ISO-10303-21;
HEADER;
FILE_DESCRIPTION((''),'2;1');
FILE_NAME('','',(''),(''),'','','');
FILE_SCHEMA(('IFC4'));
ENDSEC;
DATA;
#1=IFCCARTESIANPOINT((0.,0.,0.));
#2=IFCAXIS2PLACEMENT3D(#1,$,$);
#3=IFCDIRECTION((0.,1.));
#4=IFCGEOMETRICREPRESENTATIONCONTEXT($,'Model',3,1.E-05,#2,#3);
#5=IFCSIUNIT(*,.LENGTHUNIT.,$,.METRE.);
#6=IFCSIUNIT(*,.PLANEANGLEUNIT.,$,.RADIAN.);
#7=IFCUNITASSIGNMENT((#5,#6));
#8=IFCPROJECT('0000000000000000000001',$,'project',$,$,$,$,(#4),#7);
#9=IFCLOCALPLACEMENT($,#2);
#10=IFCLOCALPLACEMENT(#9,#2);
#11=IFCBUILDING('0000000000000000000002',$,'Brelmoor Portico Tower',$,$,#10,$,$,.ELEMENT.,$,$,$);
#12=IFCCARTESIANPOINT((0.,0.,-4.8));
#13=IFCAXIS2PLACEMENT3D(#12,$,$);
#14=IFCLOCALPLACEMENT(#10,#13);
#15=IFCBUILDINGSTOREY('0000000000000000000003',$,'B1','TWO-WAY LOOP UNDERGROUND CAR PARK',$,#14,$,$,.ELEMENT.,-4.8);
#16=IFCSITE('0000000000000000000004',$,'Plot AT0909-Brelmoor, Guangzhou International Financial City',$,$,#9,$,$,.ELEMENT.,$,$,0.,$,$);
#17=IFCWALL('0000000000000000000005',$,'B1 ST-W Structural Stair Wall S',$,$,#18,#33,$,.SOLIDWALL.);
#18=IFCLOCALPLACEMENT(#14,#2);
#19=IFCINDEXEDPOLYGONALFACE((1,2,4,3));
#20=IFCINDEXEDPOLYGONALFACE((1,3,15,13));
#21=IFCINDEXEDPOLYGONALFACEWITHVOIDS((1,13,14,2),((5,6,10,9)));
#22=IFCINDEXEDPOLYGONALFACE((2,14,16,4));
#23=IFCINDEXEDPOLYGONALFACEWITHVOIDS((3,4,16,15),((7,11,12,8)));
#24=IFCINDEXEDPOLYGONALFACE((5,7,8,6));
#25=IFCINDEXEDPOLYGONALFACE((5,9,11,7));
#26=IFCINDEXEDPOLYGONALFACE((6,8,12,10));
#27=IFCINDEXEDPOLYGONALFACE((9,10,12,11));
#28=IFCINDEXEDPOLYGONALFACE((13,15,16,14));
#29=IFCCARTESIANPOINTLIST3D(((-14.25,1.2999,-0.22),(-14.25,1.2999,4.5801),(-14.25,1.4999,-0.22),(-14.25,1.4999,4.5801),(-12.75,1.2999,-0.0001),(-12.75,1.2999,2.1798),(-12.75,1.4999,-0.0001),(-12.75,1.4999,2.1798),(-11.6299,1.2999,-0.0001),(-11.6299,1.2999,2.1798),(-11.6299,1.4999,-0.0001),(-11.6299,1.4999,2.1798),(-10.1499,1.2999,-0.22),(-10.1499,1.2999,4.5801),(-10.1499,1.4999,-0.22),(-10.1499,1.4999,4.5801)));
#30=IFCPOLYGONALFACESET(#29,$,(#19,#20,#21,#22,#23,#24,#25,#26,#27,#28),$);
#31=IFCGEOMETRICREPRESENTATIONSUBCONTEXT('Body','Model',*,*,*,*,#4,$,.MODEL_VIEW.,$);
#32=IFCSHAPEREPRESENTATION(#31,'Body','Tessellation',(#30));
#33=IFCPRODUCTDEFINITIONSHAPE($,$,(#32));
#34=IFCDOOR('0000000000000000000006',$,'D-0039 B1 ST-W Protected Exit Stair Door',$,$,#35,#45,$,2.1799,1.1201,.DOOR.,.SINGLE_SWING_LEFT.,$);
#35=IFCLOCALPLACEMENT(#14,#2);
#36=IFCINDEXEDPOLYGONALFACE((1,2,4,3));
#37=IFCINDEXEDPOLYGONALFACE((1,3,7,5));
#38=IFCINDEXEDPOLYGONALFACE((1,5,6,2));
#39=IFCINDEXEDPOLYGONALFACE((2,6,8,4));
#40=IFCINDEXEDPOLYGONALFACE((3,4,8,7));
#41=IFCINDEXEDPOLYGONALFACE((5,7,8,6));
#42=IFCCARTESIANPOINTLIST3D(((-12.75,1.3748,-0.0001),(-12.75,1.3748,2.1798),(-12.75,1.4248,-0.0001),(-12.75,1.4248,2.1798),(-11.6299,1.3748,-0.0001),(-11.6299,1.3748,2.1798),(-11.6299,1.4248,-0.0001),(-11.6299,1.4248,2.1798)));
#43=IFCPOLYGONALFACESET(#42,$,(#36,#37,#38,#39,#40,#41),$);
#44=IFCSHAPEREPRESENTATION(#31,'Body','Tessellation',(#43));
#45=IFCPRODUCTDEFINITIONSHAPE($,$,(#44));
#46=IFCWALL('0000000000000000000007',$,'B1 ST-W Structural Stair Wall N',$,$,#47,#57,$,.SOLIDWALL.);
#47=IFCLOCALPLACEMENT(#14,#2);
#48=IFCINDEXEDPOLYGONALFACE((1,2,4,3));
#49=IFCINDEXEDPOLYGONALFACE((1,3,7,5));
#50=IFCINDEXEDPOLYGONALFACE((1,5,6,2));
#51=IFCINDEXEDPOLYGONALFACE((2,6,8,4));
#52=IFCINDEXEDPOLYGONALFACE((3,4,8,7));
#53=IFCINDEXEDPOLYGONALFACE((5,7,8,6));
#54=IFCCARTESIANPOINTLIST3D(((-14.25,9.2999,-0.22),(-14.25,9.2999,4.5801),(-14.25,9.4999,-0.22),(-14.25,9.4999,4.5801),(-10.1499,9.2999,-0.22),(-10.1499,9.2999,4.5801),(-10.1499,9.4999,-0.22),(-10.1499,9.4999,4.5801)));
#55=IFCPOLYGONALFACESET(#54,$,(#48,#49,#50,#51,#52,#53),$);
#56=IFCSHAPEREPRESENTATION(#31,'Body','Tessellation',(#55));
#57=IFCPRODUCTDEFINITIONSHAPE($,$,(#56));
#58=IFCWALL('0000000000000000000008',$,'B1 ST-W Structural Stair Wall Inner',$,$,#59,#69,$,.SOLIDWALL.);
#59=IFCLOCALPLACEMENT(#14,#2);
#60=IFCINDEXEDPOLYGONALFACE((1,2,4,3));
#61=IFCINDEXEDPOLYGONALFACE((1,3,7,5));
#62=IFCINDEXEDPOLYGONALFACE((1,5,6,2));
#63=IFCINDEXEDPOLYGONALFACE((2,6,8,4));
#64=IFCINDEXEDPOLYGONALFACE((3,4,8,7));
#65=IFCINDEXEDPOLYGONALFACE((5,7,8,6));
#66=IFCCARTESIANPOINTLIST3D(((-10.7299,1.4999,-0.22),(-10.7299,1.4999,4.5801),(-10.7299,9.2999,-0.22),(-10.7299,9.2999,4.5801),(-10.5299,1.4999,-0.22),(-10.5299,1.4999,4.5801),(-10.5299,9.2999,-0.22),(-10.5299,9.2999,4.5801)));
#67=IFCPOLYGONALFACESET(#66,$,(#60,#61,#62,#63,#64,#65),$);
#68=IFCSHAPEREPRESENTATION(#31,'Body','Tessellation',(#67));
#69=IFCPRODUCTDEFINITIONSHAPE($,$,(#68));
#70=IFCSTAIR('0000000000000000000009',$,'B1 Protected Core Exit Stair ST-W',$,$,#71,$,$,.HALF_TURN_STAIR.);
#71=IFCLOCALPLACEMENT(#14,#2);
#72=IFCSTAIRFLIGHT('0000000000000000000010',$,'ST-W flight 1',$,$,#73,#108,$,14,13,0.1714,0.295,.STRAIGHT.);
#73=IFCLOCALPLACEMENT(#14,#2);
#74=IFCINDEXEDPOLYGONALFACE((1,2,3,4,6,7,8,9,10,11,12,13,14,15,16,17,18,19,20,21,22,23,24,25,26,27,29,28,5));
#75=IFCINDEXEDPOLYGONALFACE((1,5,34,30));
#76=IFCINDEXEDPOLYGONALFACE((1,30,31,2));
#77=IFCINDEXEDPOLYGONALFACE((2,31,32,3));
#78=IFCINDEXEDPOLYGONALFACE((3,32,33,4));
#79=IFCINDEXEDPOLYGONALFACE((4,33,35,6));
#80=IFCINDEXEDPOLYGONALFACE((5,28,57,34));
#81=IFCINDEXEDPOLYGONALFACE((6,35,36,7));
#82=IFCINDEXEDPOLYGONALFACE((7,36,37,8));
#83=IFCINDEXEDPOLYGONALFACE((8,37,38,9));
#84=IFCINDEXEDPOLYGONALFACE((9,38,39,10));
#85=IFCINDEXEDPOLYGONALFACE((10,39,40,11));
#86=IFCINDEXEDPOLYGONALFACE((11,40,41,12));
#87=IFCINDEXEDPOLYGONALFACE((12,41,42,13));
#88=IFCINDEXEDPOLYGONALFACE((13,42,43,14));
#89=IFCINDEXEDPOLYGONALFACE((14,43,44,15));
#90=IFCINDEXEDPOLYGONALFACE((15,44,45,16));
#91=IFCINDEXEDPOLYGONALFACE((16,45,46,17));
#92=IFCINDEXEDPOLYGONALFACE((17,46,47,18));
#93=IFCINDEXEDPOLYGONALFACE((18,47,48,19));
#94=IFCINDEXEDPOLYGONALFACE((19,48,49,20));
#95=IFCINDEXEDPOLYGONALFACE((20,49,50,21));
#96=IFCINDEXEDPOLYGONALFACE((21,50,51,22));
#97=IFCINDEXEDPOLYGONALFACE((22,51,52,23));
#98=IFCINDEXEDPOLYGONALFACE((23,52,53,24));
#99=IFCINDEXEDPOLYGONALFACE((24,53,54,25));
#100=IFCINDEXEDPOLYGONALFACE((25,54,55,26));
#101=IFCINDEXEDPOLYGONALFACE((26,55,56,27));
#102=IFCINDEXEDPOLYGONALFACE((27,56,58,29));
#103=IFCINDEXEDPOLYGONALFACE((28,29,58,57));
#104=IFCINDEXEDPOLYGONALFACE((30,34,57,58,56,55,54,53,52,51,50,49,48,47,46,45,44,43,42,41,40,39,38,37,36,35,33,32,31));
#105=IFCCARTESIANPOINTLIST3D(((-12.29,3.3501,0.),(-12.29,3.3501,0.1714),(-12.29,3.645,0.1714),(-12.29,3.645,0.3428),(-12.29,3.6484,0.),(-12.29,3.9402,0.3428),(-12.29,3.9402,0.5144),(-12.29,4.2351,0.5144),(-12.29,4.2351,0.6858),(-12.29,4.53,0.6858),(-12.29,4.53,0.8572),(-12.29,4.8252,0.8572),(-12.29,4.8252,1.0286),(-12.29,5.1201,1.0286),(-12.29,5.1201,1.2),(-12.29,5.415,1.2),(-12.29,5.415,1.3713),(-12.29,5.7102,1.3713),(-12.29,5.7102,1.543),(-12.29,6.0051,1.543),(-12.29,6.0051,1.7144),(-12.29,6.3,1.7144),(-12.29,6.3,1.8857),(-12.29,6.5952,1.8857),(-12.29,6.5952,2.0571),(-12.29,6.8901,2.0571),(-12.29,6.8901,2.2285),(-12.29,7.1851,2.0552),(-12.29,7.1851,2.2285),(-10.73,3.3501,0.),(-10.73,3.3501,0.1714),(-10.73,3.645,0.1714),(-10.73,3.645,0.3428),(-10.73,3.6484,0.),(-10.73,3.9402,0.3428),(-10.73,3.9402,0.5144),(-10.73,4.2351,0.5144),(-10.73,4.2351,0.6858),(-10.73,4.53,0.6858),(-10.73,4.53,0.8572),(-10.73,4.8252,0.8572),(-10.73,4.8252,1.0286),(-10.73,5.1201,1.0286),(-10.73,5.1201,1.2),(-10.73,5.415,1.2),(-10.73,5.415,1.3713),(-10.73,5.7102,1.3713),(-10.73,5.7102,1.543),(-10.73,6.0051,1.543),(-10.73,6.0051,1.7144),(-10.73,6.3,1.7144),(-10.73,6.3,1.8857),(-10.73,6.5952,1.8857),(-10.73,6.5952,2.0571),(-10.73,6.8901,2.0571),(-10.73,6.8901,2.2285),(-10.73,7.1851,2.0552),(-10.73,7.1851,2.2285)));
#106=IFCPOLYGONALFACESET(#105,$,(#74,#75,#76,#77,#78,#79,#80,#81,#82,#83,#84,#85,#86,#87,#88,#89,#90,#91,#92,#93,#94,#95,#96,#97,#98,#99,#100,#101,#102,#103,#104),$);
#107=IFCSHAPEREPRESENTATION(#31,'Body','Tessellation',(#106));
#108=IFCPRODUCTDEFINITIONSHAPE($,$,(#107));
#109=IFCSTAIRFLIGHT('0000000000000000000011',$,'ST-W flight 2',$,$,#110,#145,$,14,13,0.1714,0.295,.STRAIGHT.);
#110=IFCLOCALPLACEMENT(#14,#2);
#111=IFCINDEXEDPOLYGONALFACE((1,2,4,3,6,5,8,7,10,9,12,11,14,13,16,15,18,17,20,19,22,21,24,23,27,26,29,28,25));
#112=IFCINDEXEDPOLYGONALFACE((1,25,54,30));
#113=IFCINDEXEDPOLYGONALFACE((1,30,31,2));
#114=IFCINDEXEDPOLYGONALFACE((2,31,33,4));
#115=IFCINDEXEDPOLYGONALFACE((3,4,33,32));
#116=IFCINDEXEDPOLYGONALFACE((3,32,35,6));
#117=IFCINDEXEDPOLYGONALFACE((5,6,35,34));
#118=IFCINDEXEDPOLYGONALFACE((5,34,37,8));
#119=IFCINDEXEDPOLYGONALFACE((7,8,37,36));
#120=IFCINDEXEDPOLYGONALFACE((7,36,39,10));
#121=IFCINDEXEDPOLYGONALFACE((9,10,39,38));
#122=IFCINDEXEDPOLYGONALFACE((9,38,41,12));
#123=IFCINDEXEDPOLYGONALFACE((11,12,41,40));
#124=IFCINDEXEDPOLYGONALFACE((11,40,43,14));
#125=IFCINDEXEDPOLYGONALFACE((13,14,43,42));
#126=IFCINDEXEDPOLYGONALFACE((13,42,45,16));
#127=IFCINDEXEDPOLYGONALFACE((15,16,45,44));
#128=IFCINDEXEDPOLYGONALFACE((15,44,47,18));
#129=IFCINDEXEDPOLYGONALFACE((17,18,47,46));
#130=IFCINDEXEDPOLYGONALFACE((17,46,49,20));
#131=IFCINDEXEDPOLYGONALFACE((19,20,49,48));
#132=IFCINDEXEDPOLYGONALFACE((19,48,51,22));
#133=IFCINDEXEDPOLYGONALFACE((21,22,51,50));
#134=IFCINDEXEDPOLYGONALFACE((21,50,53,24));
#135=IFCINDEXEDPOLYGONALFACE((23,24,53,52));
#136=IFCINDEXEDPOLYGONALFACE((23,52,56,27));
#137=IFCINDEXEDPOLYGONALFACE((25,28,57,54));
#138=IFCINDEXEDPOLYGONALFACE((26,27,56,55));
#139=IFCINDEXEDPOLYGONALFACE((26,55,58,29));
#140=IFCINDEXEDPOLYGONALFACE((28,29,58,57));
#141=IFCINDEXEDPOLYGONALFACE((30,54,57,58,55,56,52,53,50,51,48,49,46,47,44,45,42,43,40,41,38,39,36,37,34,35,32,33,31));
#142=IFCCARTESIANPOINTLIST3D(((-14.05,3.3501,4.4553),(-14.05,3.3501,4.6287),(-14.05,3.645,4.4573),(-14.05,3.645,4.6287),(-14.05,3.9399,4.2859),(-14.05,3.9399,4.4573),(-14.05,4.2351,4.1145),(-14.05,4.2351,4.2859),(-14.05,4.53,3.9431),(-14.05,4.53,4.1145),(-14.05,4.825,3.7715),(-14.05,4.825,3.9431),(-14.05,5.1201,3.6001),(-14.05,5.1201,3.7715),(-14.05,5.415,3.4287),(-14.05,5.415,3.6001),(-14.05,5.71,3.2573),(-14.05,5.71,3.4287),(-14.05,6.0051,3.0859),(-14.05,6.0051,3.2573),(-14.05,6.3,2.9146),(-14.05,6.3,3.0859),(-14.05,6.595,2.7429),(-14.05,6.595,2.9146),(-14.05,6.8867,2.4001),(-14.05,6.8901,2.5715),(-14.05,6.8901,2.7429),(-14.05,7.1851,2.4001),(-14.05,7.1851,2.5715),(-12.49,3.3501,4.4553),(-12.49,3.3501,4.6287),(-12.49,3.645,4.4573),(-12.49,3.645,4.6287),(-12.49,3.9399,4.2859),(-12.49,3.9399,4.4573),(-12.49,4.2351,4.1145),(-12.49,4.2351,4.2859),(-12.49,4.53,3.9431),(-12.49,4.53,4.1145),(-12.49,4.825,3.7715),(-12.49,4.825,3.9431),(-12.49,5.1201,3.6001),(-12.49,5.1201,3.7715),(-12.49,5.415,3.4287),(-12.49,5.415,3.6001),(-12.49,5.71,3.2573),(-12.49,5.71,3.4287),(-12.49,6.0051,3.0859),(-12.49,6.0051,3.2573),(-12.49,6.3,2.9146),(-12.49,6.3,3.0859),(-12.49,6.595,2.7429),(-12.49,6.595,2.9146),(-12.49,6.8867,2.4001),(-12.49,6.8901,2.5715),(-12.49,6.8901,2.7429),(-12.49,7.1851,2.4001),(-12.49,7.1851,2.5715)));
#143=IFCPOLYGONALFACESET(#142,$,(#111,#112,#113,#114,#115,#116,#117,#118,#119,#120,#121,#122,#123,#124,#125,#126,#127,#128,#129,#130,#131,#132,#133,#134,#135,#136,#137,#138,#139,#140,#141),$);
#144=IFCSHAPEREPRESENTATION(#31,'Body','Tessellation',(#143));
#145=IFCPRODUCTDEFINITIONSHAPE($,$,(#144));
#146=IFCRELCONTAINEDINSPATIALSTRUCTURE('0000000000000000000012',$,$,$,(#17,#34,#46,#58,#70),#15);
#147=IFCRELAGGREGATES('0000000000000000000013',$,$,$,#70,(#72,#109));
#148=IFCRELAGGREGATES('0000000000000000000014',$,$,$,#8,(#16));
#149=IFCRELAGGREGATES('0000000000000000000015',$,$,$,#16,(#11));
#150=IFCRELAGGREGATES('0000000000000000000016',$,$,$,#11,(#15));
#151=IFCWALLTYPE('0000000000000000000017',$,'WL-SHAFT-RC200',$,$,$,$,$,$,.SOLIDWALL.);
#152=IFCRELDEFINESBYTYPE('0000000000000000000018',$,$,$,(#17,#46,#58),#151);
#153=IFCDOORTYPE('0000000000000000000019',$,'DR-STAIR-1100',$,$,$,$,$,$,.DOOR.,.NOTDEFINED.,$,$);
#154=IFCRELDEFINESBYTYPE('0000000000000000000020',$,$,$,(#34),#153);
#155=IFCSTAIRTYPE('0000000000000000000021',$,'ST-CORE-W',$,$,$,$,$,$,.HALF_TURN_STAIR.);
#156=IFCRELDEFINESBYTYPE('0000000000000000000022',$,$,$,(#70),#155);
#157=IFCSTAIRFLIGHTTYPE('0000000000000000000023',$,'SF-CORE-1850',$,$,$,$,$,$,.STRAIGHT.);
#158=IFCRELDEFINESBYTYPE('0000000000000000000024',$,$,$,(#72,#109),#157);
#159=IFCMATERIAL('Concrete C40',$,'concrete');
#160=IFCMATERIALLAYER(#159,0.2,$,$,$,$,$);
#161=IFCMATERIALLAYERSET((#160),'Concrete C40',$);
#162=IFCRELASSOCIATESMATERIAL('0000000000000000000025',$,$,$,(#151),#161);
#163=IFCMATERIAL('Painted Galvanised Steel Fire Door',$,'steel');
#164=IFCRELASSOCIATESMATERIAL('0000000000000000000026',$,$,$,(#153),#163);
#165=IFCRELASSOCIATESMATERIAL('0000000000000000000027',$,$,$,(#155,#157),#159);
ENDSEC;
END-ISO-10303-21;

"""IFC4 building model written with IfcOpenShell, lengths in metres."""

from ifc_helpers import new_model, si_unit, direction, frame, frame_2d, origin, place, context, subcontext, project, spatial, polyline, rectangle, outline, extrude, material, layer, layer_set, type_object, element, fill, aggregate, save


model = new_model("IFC4")

# Units and contexts
model_context = context("Model", 3, precision=1e-05, world=origin(), true_north=direction((0.0, 1.0)))
body_context = subcontext(model_context, "Body", "Model", "MODEL_VIEW")
ifc_project = project(units=[si_unit("LENGTHUNIT", "METRE"), si_unit("PLANEANGLEUNIT", "RADIAN")], contexts=[model_context])

# Site, building, storey
site_placement = place(None, origin())
site = spatial("IfcSite", under=ifc_project, at=site_placement, Name="Plot AT0909-Brelmoor, Guangzhou International Financial City", CompositionType="ELEMENT", RefElevation=0.0)
building_placement = place(site_placement, origin())
building = spatial("IfcBuilding", under=site, at=building_placement, Name="Brelmoor Portico Tower", CompositionType="ELEMENT")
storey_placement = place(building_placement, frame((0.0, 0.0, -4.8)))
storey = spatial("IfcBuildingStorey", under=building, at=storey_placement, Name="B1", Description="TWO-WAY LOOP UNDERGROUND CAR PARK", CompositionType="ELEMENT", Elevation=-4.8)

# Shared definitions
ifc_material_1 = material(Name="Concrete C40", Category="concrete")
ifc_layer_1 = layer(ifc_material_1, 0.2)
ifc_layer_set_1 = layer_set([ifc_layer_1], Name="Concrete C40")
wall_type_1 = type_object("IfcWallType", Name="WL-SHAFT-RC200", PredefinedType="SOLIDWALL", material=ifc_layer_set_1)

# Wall, opening, door
wall_1_placement = place(storey_placement, frame((-14.25, 1.3999, -0.22), z_axis=(0.0, 0.0, 1.0), x_axis=(1.0, 0.0, 0.0)))
wall_1 = element("IfcWall", 1, at=wall_1_placement, inside=storey, type_object=wall_type_1, Name="B1 ST-W Structural Stair Wall S", PredefinedType="SOLIDWALL", context=body_context, shape_type="SweptSolid", body=[
    extrude(rectangle(XDim=4.1001, YDim=0.2, at=frame_2d((2.05, 0.0))), origin(), (0.0, 0.0, 1.0), 4.8),
])
opening_1_placement = place(wall_1_placement, frame((1.5, 0.0, 0.22)))
opening_1 = element("IfcOpeningElement", 2, at=opening_1_placement, cuts=wall_1, PredefinedType="OPENING", context=body_context, shape_type="SweptSolid", body=[
    extrude(rectangle(XDim=1.1201, YDim=2.1799, at=frame_2d((0.5601, 1.0898))), frame((0.0, 0.1099, 0.0), z_axis=(0.0, -1.0, 0.0), x_axis=(1.0, 0.0, 0.0)), (0.0, 0.0, 1.0), 0.22),
])
ifc_material_2 = material(Name="Painted Galvanised Steel Fire Door", Category="steel")
door_type_1 = type_object("IfcDoorType", Name="DR-STAIR-1100", OperationType="NOTDEFINED", PredefinedType="DOOR", material=ifc_material_2)
door_1_placement = place(opening_1_placement, origin())
door_1 = element("IfcDoor", 3, at=door_1_placement, inside=storey, type_object=door_type_1, Name="D-0039 B1 ST-W Protected Exit Stair Door", OperationType="SINGLE_SWING_LEFT", OverallHeight=2.1799, OverallWidth=1.1201, PredefinedType="DOOR", context=body_context, shape_type="SweptSolid", body=[
    extrude(rectangle(XDim=1.1201, YDim=2.1799, at=frame_2d((0.5601, 1.0898))), frame((0.0, 0.0249, 0.0), z_axis=(0.0, -1.0, 0.0), x_axis=(1.0, 0.0, 0.0)), (0.0, 0.0, 1.0), 0.05),
])
fill(opening_1, door_1)

# Walls
wall_2_placement = place(storey_placement, frame((-14.25, 9.3999, -0.22), z_axis=(0.0, 0.0, 1.0), x_axis=(1.0, 0.0, 0.0)))
element("IfcWall", 4, at=wall_2_placement, inside=storey, type_object=wall_type_1, Name="B1 ST-W Structural Stair Wall N", PredefinedType="SOLIDWALL", context=body_context, shape_type="SweptSolid", body=[
    extrude(rectangle(XDim=4.1001, YDim=0.2, at=frame_2d((2.05, 0.0))), origin(), (0.0, 0.0, 1.0), 4.8),
])
wall_3_placement = place(storey_placement, frame((-10.6299, 1.5, -0.22), z_axis=(0.0, 0.0, 1.0), x_axis=(0.0, 1.0, 0.0)))
element("IfcWall", 5, at=wall_3_placement, inside=storey, type_object=wall_type_1, Name="B1 ST-W Structural Stair Wall Inner", PredefinedType="SOLIDWALL", context=body_context, shape_type="SweptSolid", body=[
    extrude(rectangle(XDim=7.8, YDim=0.2, at=frame_2d((3.8999, 0.0))), origin(), (0.0, 0.0, 1.0), 4.8),
])

# Stair, stair flights
stair_type = type_object("IfcStairType", Name="ST-CORE-W", PredefinedType="HALF_TURN_STAIR", material=ifc_material_1)
stair_placement = place(storey_placement, origin())
stair = element("IfcStair", 6, at=stair_placement, inside=storey, type_object=stair_type, Name="B1 Protected Core Exit Stair ST-W", PredefinedType="HALF_TURN_STAIR")
stair_flight_type = type_object("IfcStairFlightType", Name="SF-CORE-1850", PredefinedType="STRAIGHT", material=ifc_material_1)
stair_flight_1_placement = place(storey_placement, frame((-11.51, 3.3501, 0.0), z_axis=(0.0, 0.0, 1.0), x_axis=(0.0, 1.0, 0.0)))
stair_flight_1 = element("IfcStairFlight", 7, at=stair_flight_1_placement, type_object=stair_flight_type, Name="ST-W flight 1", NumberOfRisers=14, NumberOfTreads=13, PredefinedType="STRAIGHT", RiserHeight=0.1714, TreadLength=0.295, context=body_context, shape_type="SweptSolid", body=[
    extrude(outline(polyline([(0.0, 0.0), (0.0, 0.1714), (0.2949, 0.1714), (0.2949, 0.3428), (0.5901, 0.3428), (0.5901, 0.5144), (0.885, 0.5144), (0.885, 0.6858), (1.1799, 0.6858), (1.1799, 0.8572), (1.4751, 0.8572), (1.4751, 1.0286), (1.77, 1.0286), (1.77, 1.2), (2.0649, 1.2), (2.0649, 1.3713), (2.3601, 1.3713), (2.3601, 1.543), (2.655, 1.543), (2.655, 1.7144), (2.95, 1.7144), (2.95, 1.8857), (3.2451, 1.8857), (3.2451, 2.0571), (3.54, 2.0571), (3.54, 2.2285), (3.835, 2.2285), (3.835, 2.3999), (3.835, 2.0552), (0.2983, 0.0), (0.0, 0.0)])), frame((0.0, 0.78, 0.0), z_axis=(0.0, -1.0, 0.0), x_axis=(1.0, 0.0, 0.0)), (0.0, 0.0, 1.0), 1.5601),
])
stair_flight_2_placement = place(storey_placement, frame((-13.27, 7.1851, 2.4001), z_axis=(0.0, 0.0, 1.0), x_axis=(0.0, -1.0, 0.0)))
stair_flight_2 = element("IfcStairFlight", 8, at=stair_flight_2_placement, type_object=stair_flight_type, Name="ST-W flight 2", NumberOfRisers=14, NumberOfTreads=13, PredefinedType="STRAIGHT", RiserHeight=0.1714, TreadLength=0.295, context=body_context, shape_type="SweptSolid", body=[
    extrude(outline(polyline([(0.0, 0.0), (0.0, 0.1714), (0.2949, 0.1714), (0.2949, 0.3428), (0.5901, 0.3428), (0.5901, 0.5144), (0.885, 0.5144), (0.885, 0.6858), (1.1799, 0.6858), (1.1799, 0.8572), (1.4751, 0.8572), (1.4751, 1.0286), (1.77, 1.0286), (1.77, 1.2), (2.0649, 1.2), (2.0649, 1.3713), (2.3601, 1.3713), (2.3601, 1.543), (2.655, 1.543), (2.655, 1.7144), (2.95, 1.7144), (2.95, 1.8857), (3.2451, 1.8857), (3.2451, 2.0571), (3.54, 2.0571), (3.54, 2.2285), (3.835, 2.2285), (3.835, 2.3999), (3.835, 2.0552), (0.2983, 0.0), (0.0, 0.0)])), frame((0.0, 0.78, 0.0), z_axis=(0.0, -1.0, 0.0), x_axis=(1.0, 0.0, 0.0)), (0.0, 0.0, 1.0), 1.5601),
])
aggregate(stair, [stair_flight_1, stair_flight_2])

save(model, "model.ifc")
